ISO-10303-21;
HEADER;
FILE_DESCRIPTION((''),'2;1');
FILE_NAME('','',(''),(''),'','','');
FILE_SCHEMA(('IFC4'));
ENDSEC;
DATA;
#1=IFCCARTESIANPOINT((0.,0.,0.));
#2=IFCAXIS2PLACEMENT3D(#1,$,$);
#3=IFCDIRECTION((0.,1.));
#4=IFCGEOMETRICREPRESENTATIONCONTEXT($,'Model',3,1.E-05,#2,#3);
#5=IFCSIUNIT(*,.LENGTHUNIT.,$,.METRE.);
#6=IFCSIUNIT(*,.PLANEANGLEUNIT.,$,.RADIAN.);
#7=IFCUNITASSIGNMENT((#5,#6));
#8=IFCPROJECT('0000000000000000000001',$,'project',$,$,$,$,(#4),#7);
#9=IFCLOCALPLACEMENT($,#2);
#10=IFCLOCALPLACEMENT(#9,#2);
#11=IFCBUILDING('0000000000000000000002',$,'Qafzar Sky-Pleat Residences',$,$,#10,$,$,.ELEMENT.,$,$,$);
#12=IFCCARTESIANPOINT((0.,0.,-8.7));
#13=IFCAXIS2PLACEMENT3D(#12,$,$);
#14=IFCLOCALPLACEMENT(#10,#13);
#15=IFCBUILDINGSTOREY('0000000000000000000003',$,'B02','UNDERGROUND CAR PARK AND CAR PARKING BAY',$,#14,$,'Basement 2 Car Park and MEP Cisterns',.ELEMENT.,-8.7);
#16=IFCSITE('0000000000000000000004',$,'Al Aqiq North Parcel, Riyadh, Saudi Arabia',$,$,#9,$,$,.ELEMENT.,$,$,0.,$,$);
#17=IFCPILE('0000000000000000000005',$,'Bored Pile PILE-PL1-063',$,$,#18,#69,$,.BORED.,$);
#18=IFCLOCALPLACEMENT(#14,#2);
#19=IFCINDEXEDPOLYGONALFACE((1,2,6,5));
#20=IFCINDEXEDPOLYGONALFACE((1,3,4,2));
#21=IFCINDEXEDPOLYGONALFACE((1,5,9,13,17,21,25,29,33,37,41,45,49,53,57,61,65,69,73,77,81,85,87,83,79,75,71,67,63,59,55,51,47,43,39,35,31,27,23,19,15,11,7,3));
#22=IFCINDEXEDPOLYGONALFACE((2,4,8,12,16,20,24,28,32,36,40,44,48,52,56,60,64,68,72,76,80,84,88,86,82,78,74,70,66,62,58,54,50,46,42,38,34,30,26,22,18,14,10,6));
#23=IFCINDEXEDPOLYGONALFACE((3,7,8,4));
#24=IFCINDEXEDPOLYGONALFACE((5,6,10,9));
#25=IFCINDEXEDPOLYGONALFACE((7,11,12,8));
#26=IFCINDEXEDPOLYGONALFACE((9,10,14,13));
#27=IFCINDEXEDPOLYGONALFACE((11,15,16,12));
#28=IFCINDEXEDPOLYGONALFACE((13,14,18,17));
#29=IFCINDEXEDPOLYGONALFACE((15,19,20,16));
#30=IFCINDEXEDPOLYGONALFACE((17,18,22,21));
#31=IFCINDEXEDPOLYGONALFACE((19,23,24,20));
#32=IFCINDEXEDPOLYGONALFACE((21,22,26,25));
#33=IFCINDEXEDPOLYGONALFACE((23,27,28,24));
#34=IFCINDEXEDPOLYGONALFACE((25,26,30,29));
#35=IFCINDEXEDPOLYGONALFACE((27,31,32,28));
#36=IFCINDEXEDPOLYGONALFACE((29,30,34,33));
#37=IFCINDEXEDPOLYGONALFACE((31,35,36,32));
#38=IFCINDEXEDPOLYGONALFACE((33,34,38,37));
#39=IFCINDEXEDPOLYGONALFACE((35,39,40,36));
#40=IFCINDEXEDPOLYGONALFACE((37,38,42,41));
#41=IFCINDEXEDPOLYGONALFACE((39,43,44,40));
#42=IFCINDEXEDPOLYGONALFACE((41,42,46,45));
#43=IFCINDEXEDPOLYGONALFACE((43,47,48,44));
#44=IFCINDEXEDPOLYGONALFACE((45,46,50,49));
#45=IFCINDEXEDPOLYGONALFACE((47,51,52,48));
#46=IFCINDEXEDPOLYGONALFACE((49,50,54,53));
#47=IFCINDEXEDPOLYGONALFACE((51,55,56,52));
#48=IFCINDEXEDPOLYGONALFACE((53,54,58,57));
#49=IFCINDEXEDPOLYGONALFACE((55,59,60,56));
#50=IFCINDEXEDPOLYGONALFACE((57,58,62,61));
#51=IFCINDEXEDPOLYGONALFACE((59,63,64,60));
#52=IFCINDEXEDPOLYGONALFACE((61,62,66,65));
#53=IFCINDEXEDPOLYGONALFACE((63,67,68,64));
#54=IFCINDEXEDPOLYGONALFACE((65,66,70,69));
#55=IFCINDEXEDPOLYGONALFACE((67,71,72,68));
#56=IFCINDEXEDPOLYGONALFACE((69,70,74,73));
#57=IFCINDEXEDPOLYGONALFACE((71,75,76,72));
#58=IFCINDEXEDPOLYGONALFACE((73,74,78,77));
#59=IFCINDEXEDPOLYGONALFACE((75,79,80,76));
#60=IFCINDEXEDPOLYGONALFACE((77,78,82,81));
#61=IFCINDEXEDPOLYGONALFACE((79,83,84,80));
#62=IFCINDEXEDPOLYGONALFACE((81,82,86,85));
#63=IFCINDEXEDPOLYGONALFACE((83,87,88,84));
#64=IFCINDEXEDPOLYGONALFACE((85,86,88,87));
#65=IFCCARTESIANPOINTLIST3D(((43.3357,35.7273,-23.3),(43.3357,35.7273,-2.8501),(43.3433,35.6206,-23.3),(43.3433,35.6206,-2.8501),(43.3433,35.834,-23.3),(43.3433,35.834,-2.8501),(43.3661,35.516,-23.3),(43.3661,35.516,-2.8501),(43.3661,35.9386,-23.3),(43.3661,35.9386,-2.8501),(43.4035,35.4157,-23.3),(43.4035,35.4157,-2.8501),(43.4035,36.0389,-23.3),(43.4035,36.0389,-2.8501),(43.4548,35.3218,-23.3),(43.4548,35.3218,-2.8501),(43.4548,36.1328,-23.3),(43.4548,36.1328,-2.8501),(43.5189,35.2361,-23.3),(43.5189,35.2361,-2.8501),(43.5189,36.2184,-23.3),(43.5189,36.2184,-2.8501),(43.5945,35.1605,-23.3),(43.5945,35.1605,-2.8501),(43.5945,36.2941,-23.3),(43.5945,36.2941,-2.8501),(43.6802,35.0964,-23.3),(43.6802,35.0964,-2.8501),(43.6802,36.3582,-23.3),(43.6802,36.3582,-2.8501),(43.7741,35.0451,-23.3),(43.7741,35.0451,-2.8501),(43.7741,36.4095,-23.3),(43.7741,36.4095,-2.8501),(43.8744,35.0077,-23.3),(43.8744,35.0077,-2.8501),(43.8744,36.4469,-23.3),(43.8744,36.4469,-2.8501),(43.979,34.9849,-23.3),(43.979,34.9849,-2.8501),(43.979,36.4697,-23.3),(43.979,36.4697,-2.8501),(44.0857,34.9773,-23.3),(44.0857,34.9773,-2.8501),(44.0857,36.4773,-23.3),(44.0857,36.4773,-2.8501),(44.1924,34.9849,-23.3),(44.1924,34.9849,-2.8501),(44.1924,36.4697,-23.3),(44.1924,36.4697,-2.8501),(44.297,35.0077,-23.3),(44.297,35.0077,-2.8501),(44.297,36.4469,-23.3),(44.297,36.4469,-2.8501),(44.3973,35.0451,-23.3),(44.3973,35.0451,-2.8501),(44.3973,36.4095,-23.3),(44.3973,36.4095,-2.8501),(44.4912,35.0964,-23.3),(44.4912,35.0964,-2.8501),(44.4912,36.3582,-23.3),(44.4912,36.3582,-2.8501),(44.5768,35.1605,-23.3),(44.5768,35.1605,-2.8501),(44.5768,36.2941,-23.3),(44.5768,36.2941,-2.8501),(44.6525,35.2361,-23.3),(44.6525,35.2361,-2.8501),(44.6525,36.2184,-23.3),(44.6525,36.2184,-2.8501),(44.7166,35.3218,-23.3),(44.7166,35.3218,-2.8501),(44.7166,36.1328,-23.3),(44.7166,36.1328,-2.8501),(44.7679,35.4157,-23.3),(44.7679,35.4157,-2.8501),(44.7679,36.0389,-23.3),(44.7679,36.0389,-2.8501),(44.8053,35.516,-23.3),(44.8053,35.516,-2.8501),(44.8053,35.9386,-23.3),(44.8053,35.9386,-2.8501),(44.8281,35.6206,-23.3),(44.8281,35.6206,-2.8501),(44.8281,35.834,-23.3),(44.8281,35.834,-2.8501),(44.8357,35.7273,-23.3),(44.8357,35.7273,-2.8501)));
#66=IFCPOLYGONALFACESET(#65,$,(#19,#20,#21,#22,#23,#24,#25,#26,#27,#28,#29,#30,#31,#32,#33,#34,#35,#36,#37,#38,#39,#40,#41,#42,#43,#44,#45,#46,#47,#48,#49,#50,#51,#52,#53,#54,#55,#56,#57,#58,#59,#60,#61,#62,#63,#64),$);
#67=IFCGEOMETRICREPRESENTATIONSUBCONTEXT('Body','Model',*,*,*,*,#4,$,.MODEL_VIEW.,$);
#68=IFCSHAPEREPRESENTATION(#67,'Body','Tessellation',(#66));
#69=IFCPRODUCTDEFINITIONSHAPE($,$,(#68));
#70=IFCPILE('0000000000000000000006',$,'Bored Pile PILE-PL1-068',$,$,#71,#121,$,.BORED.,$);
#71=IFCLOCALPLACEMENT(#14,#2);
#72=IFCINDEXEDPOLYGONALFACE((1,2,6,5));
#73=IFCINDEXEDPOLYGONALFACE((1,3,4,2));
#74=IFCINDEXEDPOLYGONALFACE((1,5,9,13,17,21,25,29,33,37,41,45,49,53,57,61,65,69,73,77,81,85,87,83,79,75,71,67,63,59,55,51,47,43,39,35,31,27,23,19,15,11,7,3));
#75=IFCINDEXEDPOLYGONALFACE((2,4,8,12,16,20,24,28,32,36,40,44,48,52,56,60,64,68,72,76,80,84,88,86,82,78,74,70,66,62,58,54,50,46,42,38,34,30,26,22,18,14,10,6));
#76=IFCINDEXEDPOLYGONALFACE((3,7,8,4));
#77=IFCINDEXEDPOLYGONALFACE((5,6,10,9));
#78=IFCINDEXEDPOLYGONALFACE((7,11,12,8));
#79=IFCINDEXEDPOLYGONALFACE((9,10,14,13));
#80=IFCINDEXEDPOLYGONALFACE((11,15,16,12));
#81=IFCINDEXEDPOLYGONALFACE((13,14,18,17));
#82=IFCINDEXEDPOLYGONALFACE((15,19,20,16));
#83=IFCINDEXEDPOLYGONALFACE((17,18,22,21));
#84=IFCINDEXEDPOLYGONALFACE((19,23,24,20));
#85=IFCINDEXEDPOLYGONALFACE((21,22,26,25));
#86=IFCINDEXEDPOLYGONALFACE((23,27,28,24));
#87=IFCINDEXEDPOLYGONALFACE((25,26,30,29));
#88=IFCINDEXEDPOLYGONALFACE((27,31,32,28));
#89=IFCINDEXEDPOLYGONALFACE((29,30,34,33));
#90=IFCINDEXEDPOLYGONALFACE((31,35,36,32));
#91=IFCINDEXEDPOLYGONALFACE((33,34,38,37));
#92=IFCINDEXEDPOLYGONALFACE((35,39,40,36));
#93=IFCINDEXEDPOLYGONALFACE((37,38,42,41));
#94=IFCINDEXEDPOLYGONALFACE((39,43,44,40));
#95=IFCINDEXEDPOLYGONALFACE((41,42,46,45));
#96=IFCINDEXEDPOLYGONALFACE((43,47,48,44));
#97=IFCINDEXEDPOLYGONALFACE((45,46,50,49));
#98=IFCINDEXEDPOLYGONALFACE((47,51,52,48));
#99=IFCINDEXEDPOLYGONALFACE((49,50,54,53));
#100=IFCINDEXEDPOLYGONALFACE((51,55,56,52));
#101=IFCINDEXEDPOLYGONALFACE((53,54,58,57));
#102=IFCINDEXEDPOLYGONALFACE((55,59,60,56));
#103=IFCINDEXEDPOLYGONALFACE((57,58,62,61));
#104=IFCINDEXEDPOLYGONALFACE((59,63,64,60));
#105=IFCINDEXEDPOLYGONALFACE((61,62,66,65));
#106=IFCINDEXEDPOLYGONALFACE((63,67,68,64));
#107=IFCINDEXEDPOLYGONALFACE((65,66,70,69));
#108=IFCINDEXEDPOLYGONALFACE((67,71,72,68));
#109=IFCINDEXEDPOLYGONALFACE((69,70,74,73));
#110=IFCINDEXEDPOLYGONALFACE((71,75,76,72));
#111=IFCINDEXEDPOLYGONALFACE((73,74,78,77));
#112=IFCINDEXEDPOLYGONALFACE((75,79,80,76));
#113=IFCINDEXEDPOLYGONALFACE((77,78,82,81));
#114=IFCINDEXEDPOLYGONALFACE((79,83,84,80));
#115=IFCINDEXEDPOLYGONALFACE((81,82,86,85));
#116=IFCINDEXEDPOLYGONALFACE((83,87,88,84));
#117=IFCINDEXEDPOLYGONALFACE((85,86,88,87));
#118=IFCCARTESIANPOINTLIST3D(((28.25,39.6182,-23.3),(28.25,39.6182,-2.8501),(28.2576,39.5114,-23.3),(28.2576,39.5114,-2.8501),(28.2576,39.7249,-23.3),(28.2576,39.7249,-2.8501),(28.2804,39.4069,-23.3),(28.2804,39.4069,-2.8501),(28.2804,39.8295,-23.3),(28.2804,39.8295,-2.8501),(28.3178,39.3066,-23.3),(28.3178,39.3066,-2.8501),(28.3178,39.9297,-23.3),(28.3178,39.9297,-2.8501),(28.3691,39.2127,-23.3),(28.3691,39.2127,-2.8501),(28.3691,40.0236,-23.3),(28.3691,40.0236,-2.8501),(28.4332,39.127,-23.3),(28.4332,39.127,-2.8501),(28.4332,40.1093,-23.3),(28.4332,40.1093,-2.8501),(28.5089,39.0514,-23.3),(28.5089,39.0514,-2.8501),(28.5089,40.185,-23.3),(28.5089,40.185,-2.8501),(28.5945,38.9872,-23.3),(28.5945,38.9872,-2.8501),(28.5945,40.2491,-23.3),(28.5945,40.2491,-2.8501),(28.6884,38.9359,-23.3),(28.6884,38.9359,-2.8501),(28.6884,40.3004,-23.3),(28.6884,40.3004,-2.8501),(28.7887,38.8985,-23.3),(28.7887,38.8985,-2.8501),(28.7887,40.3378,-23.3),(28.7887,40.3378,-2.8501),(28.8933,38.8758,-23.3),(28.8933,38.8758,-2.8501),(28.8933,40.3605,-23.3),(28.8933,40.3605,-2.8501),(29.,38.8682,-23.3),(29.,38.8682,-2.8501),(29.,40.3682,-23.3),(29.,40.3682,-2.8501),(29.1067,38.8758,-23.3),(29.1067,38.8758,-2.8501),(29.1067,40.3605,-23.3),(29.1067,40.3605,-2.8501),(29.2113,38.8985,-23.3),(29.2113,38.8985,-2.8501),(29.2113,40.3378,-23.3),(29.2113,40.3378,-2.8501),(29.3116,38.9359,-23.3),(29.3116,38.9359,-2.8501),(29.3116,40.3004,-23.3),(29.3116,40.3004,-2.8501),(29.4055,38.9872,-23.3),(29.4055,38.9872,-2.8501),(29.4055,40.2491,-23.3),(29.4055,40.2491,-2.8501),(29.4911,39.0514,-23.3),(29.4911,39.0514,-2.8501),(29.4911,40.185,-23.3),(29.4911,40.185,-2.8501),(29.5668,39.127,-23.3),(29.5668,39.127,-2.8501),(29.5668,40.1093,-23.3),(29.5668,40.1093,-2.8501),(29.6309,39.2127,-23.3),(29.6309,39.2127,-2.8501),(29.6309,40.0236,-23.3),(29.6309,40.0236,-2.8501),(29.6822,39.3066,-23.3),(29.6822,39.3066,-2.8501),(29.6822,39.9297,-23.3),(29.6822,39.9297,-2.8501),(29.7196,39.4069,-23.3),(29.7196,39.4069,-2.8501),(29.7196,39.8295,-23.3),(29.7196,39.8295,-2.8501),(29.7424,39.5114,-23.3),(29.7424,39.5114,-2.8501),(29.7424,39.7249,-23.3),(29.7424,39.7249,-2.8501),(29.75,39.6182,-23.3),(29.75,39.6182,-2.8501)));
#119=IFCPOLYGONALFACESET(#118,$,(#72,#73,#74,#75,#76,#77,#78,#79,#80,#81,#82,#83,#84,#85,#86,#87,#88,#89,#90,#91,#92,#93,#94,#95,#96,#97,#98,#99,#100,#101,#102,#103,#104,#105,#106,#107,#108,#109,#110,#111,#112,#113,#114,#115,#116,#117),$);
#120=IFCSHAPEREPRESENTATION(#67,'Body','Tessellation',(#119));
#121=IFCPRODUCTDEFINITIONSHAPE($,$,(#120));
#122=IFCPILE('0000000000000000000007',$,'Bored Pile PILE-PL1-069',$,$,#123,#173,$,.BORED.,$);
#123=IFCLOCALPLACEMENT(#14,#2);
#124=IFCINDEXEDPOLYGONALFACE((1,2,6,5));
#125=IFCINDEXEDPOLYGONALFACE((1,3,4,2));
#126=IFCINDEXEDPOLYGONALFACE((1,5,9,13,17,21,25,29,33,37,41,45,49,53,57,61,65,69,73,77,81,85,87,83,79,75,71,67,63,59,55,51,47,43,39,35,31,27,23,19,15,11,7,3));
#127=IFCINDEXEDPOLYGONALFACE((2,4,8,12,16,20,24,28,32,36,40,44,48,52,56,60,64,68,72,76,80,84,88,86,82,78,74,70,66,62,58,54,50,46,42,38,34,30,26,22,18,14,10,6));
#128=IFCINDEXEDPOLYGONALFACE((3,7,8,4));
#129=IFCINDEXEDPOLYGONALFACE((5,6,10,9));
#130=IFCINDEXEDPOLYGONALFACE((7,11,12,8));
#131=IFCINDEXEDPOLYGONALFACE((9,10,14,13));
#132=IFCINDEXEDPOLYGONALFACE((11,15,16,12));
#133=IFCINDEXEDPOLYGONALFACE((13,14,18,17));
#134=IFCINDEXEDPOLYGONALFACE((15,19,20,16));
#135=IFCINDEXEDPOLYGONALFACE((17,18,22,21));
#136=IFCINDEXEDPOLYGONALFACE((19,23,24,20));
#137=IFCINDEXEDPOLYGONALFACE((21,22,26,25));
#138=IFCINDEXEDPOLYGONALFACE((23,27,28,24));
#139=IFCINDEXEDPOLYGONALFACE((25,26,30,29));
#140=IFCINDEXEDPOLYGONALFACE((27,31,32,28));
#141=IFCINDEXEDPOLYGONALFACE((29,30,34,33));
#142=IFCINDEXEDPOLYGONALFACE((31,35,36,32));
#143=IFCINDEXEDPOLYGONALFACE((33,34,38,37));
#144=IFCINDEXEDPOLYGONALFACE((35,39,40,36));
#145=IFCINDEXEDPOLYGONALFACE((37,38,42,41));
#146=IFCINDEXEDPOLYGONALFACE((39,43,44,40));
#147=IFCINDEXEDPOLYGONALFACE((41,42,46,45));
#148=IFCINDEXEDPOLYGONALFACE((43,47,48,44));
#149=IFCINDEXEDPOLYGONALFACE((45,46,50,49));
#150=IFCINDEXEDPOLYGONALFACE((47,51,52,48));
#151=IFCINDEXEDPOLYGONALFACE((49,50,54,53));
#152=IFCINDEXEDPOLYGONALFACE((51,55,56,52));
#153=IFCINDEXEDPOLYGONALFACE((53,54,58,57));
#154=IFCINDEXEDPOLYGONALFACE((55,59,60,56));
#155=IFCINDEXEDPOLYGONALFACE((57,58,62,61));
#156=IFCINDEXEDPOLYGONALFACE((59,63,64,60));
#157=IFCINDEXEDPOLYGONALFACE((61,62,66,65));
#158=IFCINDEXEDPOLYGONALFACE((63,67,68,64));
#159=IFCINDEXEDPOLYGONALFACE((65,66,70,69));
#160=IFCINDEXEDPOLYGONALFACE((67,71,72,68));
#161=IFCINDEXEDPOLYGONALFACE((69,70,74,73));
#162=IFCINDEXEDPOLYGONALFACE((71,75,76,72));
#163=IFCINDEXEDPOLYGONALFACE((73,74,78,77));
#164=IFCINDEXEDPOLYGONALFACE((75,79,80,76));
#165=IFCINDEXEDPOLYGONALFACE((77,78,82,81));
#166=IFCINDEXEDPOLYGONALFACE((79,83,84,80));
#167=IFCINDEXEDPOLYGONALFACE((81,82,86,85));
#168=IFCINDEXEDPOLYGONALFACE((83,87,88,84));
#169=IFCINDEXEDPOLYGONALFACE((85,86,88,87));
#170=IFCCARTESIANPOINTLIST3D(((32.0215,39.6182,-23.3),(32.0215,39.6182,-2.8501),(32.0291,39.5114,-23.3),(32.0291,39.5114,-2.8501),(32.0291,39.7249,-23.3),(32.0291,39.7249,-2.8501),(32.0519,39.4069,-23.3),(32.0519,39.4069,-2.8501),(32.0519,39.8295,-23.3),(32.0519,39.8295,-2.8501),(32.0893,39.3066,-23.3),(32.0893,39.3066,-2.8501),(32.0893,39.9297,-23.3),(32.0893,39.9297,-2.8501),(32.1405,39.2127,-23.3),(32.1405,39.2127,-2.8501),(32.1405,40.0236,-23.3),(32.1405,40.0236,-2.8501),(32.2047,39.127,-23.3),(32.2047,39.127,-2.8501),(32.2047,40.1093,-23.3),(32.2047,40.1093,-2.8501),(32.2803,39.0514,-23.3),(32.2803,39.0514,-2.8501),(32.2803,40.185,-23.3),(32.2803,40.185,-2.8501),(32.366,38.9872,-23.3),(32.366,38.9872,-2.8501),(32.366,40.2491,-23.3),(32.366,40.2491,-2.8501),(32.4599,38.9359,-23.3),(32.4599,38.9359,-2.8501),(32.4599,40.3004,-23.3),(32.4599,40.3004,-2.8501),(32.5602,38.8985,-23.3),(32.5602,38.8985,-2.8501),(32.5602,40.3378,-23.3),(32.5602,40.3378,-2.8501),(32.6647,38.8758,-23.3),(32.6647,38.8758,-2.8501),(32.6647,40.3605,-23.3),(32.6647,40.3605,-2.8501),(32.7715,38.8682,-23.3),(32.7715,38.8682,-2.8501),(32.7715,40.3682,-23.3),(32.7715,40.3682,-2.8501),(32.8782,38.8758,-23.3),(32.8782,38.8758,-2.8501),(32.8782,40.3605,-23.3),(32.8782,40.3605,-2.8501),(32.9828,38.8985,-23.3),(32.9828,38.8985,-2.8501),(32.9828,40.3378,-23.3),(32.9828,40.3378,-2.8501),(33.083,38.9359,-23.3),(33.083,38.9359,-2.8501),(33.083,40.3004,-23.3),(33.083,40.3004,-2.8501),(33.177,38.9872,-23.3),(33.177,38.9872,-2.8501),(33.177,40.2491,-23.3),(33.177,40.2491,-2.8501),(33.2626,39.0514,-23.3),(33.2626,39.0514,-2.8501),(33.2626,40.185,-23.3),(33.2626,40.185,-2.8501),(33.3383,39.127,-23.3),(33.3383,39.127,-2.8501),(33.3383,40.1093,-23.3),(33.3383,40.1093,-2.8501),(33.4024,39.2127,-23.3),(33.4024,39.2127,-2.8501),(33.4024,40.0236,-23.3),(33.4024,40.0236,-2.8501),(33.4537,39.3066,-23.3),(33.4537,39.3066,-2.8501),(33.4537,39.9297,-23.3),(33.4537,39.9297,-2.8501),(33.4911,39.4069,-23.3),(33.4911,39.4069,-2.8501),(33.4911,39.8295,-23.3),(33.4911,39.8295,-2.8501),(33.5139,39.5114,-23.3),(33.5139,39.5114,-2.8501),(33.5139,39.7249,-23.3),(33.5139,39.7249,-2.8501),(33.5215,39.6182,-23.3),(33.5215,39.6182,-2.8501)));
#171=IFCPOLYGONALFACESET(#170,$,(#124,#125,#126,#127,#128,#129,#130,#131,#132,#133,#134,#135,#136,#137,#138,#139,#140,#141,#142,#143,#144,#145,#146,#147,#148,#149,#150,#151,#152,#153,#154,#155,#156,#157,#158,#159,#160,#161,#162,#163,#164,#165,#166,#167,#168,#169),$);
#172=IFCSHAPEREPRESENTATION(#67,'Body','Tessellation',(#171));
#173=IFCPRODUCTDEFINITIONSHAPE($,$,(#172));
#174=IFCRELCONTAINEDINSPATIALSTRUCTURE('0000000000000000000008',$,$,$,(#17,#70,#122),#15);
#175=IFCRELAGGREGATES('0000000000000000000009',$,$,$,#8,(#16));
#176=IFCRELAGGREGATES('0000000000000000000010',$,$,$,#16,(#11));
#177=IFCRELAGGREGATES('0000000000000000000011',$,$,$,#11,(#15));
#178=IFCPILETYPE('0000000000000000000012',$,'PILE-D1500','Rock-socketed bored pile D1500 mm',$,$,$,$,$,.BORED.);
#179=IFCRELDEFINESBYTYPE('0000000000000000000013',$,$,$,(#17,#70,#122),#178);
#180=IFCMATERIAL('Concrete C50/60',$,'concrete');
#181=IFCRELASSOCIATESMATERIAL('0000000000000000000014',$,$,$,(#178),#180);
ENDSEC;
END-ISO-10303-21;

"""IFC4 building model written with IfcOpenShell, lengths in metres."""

from ifc_helpers import new_model, si_unit, direction, frame, origin, origin_2d, place, context, subcontext, project, spatial, circle, extrude, source, transform, mapped, material, material_profile, profile_set, type_object, element, save


model = new_model("IFC4")

# Units and contexts
model_context = context("Model", 3, precision=1e-05, world=origin(), true_north=direction((0.0, 1.0)))
body_context = subcontext(model_context, "Body", "Model", "MODEL_VIEW")
ifc_project = project(units=[si_unit("LENGTHUNIT", "METRE"), si_unit("PLANEANGLEUNIT", "RADIAN")], contexts=[model_context])

# Site, building, storey
site_placement = place(None, origin())
site = spatial("IfcSite", under=ifc_project, at=site_placement, Name="Al Aqiq North Parcel, Riyadh, Saudi Arabia", CompositionType="ELEMENT", RefElevation=0.0)
building_placement = place(site_placement, origin())
building = spatial("IfcBuilding", under=site, at=building_placement, Name="Qafzar Sky-Pleat Residences", CompositionType="ELEMENT")
storey_placement = place(building_placement, frame((0.0, 0.0, -8.7)))
storey = spatial("IfcBuildingStorey", under=building, at=storey_placement, Name="B02", Description="UNDERGROUND CAR PARK AND CAR PARKING BAY", LongName="Basement 2 Car Park and MEP Cisterns", CompositionType="ELEMENT", Elevation=-8.7)

# Piles
ifc_material_1 = material(Name="Concrete C50/60", Category="concrete")
ifc_material_profile_1 = material_profile(ifc_material_1, circle(Radius=0.75, at=origin_2d()), Name="PILE D1500")
ifc_profile_set_1 = profile_set([ifc_material_profile_1], Name="Concrete C50/60")
pile_type_1 = type_object("IfcPileType", Name="PILE-D1500", Description="Rock-socketed bored pile D1500 mm", PredefinedType="BORED", material=ifc_profile_set_1)
shared_shape_1 = source(origin(), body_context, "Body", "SweptSolid", [
    extrude(circle(Radius=0.75, at=origin_2d()), origin(), (0.0, 0.0, 1.0), 20.45),
])
for number, where, z_axis, x_axis, name in (
    (1, (44.0857, 35.7273, -2.8501), (0.0, 0.0, -1.0), (1.0, 0.0, 0.0), "Bored Pile PILE-PL1-063"),
    (2, (29.0, 39.6182, -2.8501), (0.0, 0.0, -1.0), (1.0, 0.0, 0.0), "Bored Pile PILE-PL1-068"),
    (3, (32.7715, 39.6182, -2.8501), (0.0, 0.0, -1.0), (1.0, 0.0, 0.0), "Bored Pile PILE-PL1-069"),
):
    element("IfcPile", number, at=place(storey_placement, frame(where, z_axis=z_axis, x_axis=x_axis)), inside=storey, type_object=pile_type_1, Name=name, PredefinedType="BORED", context=body_context, shape_type="MappedRepresentation", body=[
        mapped(shared_shape_1, transform((0.0, 0.0, 0.0), x_axis=(1.0, 0.0, 0.0), y_axis=(0.0, 1.0, 0.0), z_axis=(0.0, 0.0, 1.0), scale=1.0)),
    ])

save(model, "model.ifc")
